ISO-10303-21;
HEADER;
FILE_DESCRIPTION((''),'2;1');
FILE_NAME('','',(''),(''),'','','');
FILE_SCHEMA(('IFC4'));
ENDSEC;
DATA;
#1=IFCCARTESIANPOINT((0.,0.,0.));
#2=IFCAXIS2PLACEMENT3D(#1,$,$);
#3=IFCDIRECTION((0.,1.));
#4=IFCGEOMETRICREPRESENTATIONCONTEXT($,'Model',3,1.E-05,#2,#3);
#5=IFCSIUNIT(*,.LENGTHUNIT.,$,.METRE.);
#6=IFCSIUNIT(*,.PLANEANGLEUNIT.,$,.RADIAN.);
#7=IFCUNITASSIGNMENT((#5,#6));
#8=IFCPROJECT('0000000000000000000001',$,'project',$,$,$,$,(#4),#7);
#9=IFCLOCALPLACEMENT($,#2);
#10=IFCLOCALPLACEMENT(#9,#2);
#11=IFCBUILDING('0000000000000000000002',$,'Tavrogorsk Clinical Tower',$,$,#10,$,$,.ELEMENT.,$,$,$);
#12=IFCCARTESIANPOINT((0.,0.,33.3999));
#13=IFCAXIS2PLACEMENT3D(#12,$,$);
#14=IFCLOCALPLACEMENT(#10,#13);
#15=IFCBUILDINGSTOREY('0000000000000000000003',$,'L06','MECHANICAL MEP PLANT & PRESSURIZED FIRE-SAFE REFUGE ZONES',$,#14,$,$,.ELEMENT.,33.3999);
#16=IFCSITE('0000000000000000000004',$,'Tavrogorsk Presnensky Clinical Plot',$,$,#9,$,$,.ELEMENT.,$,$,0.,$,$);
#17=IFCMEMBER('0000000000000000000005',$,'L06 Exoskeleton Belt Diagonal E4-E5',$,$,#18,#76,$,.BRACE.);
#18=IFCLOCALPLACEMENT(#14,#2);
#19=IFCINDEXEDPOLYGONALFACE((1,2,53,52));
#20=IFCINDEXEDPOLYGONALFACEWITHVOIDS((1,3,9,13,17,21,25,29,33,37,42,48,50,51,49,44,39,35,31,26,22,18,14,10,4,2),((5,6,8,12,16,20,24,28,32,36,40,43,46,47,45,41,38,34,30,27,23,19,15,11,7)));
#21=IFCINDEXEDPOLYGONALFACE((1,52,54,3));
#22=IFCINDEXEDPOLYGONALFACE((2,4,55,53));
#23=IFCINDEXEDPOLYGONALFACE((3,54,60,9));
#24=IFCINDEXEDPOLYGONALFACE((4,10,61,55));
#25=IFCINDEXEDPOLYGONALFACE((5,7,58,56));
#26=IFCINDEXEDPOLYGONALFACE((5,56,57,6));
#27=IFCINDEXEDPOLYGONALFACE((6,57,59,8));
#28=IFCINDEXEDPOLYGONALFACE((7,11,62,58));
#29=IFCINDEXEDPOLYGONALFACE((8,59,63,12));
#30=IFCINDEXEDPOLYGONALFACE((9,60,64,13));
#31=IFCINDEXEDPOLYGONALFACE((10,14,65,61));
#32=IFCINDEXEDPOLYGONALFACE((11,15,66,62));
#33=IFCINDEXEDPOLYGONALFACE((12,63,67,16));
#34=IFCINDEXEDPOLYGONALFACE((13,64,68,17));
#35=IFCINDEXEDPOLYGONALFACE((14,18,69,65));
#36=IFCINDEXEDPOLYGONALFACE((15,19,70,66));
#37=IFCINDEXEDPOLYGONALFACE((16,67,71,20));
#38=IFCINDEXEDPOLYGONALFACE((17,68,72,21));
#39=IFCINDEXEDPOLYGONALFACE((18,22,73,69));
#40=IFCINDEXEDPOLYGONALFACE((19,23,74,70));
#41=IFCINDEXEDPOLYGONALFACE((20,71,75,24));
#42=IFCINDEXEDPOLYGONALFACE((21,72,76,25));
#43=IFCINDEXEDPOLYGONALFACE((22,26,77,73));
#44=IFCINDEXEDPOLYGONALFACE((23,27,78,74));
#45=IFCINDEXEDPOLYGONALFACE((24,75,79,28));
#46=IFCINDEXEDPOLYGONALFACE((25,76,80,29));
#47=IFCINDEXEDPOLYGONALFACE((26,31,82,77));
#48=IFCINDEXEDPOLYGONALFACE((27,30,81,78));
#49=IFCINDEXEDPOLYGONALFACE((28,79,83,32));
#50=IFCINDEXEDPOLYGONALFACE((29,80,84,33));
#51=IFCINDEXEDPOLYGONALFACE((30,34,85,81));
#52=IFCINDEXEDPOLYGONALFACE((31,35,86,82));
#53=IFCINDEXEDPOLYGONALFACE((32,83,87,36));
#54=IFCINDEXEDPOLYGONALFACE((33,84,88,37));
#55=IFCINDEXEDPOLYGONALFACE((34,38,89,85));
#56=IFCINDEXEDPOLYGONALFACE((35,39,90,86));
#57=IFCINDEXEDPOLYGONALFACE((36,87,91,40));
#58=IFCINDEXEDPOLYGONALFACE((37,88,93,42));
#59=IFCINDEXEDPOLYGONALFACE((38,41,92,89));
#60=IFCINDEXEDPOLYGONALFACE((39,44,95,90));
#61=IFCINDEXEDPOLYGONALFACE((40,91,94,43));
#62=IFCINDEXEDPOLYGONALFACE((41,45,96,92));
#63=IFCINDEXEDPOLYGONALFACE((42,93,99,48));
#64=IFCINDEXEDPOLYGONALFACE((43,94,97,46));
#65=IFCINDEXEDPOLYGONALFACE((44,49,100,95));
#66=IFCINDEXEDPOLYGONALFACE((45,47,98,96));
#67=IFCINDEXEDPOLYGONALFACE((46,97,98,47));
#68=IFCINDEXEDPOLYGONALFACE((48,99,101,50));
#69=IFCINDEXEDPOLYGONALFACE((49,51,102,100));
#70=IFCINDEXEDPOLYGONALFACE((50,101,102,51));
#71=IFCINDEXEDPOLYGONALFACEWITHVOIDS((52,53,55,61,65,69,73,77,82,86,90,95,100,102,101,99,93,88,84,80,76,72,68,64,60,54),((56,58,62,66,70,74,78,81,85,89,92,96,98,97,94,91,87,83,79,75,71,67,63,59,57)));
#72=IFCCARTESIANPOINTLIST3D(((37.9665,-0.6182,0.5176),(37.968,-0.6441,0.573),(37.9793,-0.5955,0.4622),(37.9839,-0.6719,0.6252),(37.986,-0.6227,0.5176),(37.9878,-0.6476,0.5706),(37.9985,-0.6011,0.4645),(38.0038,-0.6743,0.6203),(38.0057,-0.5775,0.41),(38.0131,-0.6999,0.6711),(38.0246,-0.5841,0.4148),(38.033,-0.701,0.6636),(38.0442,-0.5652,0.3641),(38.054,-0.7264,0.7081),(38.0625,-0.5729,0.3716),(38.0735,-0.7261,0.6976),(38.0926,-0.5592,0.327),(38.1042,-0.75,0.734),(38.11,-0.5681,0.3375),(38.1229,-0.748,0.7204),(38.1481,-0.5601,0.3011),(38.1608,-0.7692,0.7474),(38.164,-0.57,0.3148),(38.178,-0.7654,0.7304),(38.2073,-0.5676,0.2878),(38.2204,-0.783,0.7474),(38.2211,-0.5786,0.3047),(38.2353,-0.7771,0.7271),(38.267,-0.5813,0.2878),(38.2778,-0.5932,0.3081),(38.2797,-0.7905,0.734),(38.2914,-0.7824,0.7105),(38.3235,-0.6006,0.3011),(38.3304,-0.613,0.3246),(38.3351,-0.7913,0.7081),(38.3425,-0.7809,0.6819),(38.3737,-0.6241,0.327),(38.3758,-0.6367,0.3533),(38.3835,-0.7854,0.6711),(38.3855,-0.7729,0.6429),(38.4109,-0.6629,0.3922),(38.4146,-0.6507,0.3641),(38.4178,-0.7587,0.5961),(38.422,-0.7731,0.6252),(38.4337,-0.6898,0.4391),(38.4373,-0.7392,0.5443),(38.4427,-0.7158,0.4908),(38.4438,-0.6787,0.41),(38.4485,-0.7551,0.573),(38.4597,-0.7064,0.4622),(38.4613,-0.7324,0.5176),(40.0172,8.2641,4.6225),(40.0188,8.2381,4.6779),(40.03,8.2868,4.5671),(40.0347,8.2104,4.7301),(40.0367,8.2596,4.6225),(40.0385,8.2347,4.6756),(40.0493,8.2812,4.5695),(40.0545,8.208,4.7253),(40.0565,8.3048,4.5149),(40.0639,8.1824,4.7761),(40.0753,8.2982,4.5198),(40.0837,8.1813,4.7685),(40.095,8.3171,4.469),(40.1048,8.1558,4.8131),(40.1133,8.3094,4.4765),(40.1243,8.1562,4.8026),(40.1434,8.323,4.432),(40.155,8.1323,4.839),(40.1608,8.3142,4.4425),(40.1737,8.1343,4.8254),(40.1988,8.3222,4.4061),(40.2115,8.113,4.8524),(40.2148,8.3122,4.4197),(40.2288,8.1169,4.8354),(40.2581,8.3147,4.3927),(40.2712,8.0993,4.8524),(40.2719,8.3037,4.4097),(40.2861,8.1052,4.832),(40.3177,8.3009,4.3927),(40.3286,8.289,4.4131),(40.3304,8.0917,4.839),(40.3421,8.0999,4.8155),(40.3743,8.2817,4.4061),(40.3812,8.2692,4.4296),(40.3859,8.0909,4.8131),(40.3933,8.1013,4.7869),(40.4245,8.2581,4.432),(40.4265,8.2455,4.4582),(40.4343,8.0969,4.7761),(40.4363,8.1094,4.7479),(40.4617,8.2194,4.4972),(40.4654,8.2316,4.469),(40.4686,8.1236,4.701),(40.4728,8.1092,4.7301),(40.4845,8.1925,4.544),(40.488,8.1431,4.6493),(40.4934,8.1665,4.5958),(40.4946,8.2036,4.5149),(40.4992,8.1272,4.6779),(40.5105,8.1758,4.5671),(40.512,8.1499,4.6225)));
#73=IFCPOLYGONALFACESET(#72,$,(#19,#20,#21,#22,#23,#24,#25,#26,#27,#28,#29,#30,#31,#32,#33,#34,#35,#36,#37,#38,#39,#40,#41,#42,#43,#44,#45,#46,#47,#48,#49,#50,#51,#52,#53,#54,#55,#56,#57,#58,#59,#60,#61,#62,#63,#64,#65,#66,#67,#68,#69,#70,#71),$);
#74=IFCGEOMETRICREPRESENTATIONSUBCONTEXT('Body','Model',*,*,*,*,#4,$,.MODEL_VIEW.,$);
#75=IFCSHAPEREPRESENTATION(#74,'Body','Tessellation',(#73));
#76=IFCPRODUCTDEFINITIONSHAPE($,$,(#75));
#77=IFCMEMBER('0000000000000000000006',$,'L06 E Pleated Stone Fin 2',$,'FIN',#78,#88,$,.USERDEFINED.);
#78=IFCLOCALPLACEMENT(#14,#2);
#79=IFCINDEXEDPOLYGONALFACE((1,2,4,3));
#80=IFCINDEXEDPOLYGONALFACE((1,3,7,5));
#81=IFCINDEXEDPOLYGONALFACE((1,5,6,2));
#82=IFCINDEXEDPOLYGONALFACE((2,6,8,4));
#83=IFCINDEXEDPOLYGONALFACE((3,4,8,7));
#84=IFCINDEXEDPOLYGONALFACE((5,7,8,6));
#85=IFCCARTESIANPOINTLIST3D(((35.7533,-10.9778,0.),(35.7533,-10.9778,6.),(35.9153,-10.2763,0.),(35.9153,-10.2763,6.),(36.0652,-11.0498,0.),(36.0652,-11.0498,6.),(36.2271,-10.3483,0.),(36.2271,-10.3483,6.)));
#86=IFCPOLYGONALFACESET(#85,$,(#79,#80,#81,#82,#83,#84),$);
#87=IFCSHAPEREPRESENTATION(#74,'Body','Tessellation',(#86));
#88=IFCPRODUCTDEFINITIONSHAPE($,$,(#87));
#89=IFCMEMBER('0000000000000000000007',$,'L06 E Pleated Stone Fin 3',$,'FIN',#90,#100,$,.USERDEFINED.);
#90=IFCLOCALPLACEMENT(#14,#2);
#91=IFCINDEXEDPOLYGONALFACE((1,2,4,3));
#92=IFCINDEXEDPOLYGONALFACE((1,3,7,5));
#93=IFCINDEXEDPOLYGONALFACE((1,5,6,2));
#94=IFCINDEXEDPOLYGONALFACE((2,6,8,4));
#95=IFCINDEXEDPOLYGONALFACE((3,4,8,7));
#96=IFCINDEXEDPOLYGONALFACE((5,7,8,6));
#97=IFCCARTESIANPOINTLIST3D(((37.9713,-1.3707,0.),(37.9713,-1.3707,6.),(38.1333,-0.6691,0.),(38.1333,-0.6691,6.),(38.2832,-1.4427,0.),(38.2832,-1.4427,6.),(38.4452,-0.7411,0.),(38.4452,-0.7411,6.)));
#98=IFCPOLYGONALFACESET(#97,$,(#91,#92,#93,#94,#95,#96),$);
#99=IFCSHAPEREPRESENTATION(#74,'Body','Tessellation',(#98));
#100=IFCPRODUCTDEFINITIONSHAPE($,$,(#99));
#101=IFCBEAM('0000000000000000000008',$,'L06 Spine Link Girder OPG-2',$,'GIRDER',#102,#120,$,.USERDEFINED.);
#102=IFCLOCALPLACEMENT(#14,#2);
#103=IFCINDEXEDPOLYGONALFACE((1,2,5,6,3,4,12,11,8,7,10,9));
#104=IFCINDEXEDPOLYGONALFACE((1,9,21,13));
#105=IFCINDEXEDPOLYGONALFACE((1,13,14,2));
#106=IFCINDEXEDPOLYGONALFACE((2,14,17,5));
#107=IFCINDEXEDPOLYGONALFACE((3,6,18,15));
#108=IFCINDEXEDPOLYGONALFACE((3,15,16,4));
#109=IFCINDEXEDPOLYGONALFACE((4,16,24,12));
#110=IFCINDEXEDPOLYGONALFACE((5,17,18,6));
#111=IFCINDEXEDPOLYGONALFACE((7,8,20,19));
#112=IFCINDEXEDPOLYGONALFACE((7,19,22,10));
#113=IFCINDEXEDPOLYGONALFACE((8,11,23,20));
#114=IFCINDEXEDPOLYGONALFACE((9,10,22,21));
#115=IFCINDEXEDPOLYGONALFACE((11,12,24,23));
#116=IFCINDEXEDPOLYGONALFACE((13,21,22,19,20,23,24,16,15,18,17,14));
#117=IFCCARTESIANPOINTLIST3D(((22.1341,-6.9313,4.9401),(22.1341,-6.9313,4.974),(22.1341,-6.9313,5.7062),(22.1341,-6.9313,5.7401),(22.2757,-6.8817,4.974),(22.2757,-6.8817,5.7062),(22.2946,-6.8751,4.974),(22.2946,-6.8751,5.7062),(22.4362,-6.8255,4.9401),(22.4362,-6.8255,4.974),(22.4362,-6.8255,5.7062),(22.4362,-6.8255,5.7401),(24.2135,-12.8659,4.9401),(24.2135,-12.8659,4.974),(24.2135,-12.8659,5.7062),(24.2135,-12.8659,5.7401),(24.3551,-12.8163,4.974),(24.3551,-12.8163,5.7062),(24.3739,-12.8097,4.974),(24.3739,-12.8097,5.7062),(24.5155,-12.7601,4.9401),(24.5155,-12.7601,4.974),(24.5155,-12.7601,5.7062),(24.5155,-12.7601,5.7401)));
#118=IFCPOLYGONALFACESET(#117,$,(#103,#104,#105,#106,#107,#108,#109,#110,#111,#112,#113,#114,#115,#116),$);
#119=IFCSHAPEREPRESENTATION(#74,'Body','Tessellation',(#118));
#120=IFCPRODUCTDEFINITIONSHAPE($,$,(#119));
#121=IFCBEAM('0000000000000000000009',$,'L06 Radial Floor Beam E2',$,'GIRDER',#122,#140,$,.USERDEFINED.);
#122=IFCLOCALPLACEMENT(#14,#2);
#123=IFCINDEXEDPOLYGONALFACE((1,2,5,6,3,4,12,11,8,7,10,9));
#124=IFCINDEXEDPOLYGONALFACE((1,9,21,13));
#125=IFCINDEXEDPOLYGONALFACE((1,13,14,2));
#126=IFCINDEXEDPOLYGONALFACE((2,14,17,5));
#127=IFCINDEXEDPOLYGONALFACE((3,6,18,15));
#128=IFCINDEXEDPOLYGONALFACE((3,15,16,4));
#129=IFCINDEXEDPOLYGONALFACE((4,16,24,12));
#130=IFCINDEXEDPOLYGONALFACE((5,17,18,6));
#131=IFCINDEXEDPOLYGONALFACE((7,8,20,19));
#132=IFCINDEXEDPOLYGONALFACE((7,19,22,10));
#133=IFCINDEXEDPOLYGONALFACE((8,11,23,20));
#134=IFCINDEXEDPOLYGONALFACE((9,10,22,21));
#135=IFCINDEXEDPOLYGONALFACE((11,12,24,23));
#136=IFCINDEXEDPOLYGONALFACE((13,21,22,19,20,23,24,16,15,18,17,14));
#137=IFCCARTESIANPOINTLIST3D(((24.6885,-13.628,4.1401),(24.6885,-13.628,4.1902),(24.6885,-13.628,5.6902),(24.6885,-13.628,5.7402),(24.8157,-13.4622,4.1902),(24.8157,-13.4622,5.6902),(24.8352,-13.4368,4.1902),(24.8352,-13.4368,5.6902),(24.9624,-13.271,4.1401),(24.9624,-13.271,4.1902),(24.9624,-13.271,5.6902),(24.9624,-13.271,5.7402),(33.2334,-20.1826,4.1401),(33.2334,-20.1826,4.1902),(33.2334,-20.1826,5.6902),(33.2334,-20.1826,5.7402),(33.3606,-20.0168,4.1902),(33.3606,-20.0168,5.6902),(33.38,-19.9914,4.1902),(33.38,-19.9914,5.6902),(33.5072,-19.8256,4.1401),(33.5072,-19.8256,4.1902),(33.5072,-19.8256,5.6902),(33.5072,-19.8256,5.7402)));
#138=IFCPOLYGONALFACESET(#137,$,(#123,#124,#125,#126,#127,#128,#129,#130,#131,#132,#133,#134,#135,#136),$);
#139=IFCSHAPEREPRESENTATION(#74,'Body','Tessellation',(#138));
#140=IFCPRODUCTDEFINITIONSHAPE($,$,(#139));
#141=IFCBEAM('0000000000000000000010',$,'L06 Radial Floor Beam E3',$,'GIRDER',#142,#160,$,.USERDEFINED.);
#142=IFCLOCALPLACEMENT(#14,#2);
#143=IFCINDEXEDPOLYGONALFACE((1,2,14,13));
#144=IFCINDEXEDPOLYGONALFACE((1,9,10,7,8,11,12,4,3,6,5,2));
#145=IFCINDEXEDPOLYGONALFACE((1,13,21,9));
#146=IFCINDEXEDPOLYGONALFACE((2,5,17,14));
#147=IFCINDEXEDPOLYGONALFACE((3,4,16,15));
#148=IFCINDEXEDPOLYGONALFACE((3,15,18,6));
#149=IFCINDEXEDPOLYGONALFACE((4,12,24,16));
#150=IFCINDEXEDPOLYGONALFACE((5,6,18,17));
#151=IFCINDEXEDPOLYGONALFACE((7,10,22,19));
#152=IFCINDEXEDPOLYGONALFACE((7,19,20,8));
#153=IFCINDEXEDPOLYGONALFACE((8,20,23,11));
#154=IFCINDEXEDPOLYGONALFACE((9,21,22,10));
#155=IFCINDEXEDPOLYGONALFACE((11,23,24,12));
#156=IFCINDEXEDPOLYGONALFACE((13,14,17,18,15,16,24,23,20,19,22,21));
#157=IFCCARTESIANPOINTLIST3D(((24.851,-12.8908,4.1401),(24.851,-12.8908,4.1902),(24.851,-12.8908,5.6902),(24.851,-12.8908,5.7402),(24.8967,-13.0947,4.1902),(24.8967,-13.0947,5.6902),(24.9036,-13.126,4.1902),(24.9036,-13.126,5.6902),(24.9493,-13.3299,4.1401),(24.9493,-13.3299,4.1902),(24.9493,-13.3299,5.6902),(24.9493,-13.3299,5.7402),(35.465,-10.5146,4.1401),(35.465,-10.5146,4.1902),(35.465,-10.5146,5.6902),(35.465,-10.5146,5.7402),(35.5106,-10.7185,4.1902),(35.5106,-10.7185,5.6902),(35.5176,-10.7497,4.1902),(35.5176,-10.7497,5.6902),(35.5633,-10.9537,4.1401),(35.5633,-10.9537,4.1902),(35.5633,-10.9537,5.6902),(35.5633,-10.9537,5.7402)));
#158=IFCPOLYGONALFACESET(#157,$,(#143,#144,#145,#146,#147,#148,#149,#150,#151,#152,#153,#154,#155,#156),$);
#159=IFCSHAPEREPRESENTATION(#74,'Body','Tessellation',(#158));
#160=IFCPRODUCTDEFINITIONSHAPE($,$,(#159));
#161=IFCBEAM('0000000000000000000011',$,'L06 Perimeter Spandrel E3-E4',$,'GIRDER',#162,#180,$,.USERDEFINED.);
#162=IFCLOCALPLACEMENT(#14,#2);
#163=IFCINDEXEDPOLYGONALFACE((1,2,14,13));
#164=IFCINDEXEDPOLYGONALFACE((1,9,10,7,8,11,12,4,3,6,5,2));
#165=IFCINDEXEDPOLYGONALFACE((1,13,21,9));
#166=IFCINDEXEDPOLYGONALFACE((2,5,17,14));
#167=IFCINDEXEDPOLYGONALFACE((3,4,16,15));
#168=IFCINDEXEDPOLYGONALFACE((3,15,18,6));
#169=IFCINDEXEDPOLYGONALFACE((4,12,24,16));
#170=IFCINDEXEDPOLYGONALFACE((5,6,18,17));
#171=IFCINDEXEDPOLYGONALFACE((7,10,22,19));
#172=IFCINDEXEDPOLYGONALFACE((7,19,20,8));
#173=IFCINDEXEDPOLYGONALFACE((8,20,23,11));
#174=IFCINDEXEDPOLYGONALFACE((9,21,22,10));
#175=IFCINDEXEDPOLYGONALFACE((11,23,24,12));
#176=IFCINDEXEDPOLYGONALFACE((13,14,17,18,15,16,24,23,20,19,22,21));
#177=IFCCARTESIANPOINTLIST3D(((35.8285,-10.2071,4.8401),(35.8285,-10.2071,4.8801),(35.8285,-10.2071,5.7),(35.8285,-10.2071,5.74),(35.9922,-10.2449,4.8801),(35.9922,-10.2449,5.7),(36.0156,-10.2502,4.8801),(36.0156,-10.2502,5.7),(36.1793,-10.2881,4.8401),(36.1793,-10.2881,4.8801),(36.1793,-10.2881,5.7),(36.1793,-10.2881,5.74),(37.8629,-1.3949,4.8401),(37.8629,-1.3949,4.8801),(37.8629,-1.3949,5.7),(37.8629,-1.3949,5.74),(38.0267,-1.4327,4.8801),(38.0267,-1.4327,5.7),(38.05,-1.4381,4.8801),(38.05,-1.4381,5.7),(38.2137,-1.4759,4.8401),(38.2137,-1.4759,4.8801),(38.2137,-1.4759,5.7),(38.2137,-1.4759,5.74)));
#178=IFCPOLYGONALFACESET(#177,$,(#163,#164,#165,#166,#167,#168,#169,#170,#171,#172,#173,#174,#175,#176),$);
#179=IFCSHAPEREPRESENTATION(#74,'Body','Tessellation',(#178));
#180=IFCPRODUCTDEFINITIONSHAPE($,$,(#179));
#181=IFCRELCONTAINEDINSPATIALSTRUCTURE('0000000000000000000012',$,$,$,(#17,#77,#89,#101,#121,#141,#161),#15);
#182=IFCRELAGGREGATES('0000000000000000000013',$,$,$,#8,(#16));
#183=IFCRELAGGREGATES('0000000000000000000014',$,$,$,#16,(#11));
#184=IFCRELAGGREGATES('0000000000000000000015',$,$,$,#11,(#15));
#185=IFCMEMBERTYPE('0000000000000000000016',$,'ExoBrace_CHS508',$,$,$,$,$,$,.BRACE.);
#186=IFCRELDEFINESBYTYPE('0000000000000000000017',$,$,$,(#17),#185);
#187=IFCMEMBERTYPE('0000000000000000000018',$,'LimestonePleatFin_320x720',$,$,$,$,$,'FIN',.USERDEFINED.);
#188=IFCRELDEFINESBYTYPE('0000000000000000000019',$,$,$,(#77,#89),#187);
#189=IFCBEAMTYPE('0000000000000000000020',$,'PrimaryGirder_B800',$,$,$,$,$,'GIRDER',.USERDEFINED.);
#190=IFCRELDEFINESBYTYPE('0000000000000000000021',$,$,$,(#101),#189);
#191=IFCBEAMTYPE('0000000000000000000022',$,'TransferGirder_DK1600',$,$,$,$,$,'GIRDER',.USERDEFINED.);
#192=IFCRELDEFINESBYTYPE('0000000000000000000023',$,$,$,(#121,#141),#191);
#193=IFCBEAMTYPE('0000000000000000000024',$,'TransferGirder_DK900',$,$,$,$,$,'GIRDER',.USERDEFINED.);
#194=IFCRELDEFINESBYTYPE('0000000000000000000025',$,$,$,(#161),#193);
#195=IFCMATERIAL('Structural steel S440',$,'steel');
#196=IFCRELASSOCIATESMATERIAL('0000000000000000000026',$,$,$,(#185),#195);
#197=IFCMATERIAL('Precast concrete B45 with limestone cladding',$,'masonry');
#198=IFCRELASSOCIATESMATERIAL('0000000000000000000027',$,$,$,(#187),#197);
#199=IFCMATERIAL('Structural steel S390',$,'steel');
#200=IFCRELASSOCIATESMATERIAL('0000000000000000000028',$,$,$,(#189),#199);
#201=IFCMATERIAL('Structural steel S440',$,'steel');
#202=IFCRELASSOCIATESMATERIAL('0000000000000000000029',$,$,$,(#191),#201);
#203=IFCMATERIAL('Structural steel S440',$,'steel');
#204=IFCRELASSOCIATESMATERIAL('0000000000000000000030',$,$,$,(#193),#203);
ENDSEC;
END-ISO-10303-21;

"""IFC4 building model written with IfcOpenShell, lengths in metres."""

from ifc_helpers import new_model, si_unit, direction, frame, origin, origin_2d, place, context, subcontext, project, spatial, rectangle, hollow_circle, i_section, extrude, material, material_profile, profile_set, type_object, element, save


model = new_model("IFC4")

# Units and contexts
model_context = context("Model", 3, precision=1e-05, world=origin(), true_north=direction((0.0, 1.0)))
body_context = subcontext(model_context, "Body", "Model", "MODEL_VIEW")
ifc_project = project(units=[si_unit("LENGTHUNIT", "METRE"), si_unit("PLANEANGLEUNIT", "RADIAN")], contexts=[model_context])

# Site, building, storey
site_placement = place(None, origin())
site = spatial("IfcSite", under=ifc_project, at=site_placement, Name="Tavrogorsk Presnensky Clinical Plot", CompositionType="ELEMENT", RefElevation=0.0)
building_placement = place(site_placement, origin())
building = spatial("IfcBuilding", under=site, at=building_placement, Name="Tavrogorsk Clinical Tower", CompositionType="ELEMENT")
storey_placement = place(building_placement, frame((0.0, 0.0, 33.3999)))
storey = spatial("IfcBuildingStorey", under=building, at=storey_placement, Name="L06", Description="MECHANICAL MEP PLANT & PRESSURIZED FIRE-SAFE REFUGE ZONES", CompositionType="ELEMENT", Elevation=33.3999)

# Members
ifc_material_1 = material(Name="Structural steel S440", Category="steel")
ifc_material_profile_1 = material_profile(ifc_material_1, hollow_circle(Radius=0.2539, WallThickness=0.02, at=origin_2d()), Name="CHS-508x20")
ifc_profile_set_1 = profile_set([ifc_material_profile_1], Name="Structural steel S440")
member_type_1 = type_object("IfcMemberType", Name="ExoBrace_CHS508", PredefinedType="BRACE", material=ifc_profile_set_1)
for number, where, z_axis, x_axis, name in (
    (1, (38.2139, -0.6753, 0.5176), (0.205127, 0.888445, 0.410596), (-0.974367, 0.224965, 0.0), "L06 Exoskeleton Belt Diagonal E4-E5"),
):
    element("IfcMember", number, at=place(storey_placement, frame(where, z_axis=z_axis, x_axis=x_axis)), inside=storey, type_object=member_type_1, Name=name, PredefinedType="BRACE", context=body_context, shape_type="SweptSolid", body=[
        extrude(hollow_circle(Radius=0.2539, WallThickness=0.02, at=origin_2d()), origin(), (0.0, 0.0, 1.0), 9.9976),
    ])
ifc_material_2 = material(Name="Precast concrete B45 with limestone cladding", Category="masonry")
ifc_material_profile_2 = material_profile(ifc_material_2, rectangle(XDim=0.3201, YDim=0.72, at=origin_2d()), Name="LIMESTONE-FIN-320x720")
ifc_profile_set_2 = profile_set([ifc_material_profile_2], Name="Precast concrete B45 with limestone cladding")
member_type_2 = type_object("IfcMemberType", Name="LimestonePleatFin_320x720", ElementType="FIN", PredefinedType="USERDEFINED", material=ifc_profile_set_2)
for number, where, z_axis, x_axis, name in (
    (2, (35.9902, -10.6631, 0.0), (0.0, 0.0, 1.0), (0.97437, -0.224951, 0.0), "L06 E Pleated Stone Fin 2"),
    (3, (38.2083, -1.0559, 0.0), (0.0, 0.0, 1.0), (0.97437, -0.224951, 0.0), "L06 E Pleated Stone Fin 3"),
):
    element("IfcMember", number, at=place(storey_placement, frame(where, z_axis=z_axis, x_axis=x_axis)), inside=storey, type_object=member_type_2, Name=name, ObjectType="FIN", PredefinedType="USERDEFINED", context=body_context, shape_type="SweptSolid", body=[
        extrude(rectangle(XDim=0.3201, YDim=0.72, at=origin_2d()), origin(), (0.0, 0.0, 1.0), 6.0),
    ])

# Beams
ifc_material_3 = material(Name="Structural steel S390", Category="steel")
ifc_material_profile_3 = material_profile(ifc_material_3, i_section(OverallWidth=0.3201, OverallDepth=0.8, WebThickness=0.02, FlangeThickness=0.0339, at=origin_2d()), Name="B-800x320x20x34")
ifc_profile_set_3 = profile_set([ifc_material_profile_3], Name="Structural steel S390")
beam_type_1 = type_object("IfcBeamType", Name="PrimaryGirder_B800", ElementType="GIRDER", PredefinedType="USERDEFINED", material=ifc_profile_set_3)
beam_1_placement = place(storey_placement, frame((24.3645, -12.813, 5.3401), z_axis=(-0.330669, 0.943747, 0.0), x_axis=(-0.943747, -0.330669, 0.0)))
element("IfcBeam", 4, at=beam_1_placement, inside=storey, type_object=beam_type_1, Name="L06 Spine Link Girder OPG-2", ObjectType="GIRDER", PredefinedType="USERDEFINED", context=body_context, shape_type="SweptSolid", body=[
    extrude(i_section(OverallWidth=0.3201, OverallDepth=0.8, WebThickness=0.02, FlangeThickness=0.0339, at=origin_2d()), origin(), (0.0, 0.0, 1.0), 6.2883),
])
ifc_material_4 = material(Name="Structural steel S440", Category="steel")
ifc_material_profile_4 = material_profile(ifc_material_4, i_section(OverallWidth=0.45, OverallDepth=1.6001, WebThickness=0.032, FlangeThickness=0.05, at=origin_2d()), Name="DK-1600x450x32x50")
ifc_profile_set_4 = profile_set([ifc_material_profile_4], Name="Structural steel S440")
beam_type_2 = type_object("IfcBeamType", Name="TransferGirder_DK1600", ElementType="GIRDER", PredefinedType="USERDEFINED", material=ifc_profile_set_4)
beam_2_placement = place(storey_placement, frame((24.8254, -13.4495, 4.9402), z_axis=(0.793446, -0.608641, 0.0), x_axis=(0.608641, 0.793446, 0.0)))
element("IfcBeam", 5, at=beam_2_placement, inside=storey, type_object=beam_type_2, Name="L06 Radial Floor Beam E2", ObjectType="GIRDER", PredefinedType="USERDEFINED", context=body_context, shape_type="SweptSolid", body=[
    extrude(i_section(OverallWidth=0.45, OverallDepth=1.6001, WebThickness=0.032, FlangeThickness=0.05, at=origin_2d()), origin(), (0.0, 0.0, 1.0), 10.7693),
])
beam_3_placement = place(storey_placement, frame((24.9001, -13.1104, 4.9402), z_axis=(0.975844, 0.218468, 0.0), x_axis=(-0.218468, 0.975844, 0.0)))
element("IfcBeam", 6, at=beam_3_placement, inside=storey, type_object=beam_type_2, Name="L06 Radial Floor Beam E3", ObjectType="GIRDER", PredefinedType="USERDEFINED", context=body_context, shape_type="SweptSolid", body=[
    extrude(i_section(OverallWidth=0.45, OverallDepth=1.6001, WebThickness=0.032, FlangeThickness=0.05, at=origin_2d()), origin(), (0.0, 0.0, 1.0), 10.8767),
])
ifc_material_5 = material(Name="Structural steel S440", Category="steel")
ifc_material_profile_5 = material_profile(ifc_material_5, i_section(OverallWidth=0.3601, OverallDepth=0.8999, WebThickness=0.0239, FlangeThickness=0.04, at=origin_2d()), Name="DK-900x360x24x40")
ifc_profile_set_5 = profile_set([ifc_material_profile_5], Name="Structural steel S440")
beam_type_3 = type_object("IfcBeamType", Name="TransferGirder_DK900", ElementType="GIRDER", PredefinedType="USERDEFINED", material=ifc_profile_set_5)
beam_4_placement = place(storey_placement, frame((36.0039, -10.2476, 5.29), z_axis=(0.224946, 0.974371, 0.0), x_axis=(-0.974371, 0.224946, 0.0)))
element("IfcBeam", 7, at=beam_4_placement, inside=storey, type_object=beam_type_3, Name="L06 Perimeter Spandrel E3-E4", ObjectType="GIRDER", PredefinedType="USERDEFINED", context=body_context, shape_type="SweptSolid", body=[
    extrude(i_section(OverallWidth=0.3601, OverallDepth=0.8999, WebThickness=0.0239, FlangeThickness=0.04, at=origin_2d()), origin(), (0.0, 0.0, 1.0), 9.0439),
])

save(model, "model.ifc")
